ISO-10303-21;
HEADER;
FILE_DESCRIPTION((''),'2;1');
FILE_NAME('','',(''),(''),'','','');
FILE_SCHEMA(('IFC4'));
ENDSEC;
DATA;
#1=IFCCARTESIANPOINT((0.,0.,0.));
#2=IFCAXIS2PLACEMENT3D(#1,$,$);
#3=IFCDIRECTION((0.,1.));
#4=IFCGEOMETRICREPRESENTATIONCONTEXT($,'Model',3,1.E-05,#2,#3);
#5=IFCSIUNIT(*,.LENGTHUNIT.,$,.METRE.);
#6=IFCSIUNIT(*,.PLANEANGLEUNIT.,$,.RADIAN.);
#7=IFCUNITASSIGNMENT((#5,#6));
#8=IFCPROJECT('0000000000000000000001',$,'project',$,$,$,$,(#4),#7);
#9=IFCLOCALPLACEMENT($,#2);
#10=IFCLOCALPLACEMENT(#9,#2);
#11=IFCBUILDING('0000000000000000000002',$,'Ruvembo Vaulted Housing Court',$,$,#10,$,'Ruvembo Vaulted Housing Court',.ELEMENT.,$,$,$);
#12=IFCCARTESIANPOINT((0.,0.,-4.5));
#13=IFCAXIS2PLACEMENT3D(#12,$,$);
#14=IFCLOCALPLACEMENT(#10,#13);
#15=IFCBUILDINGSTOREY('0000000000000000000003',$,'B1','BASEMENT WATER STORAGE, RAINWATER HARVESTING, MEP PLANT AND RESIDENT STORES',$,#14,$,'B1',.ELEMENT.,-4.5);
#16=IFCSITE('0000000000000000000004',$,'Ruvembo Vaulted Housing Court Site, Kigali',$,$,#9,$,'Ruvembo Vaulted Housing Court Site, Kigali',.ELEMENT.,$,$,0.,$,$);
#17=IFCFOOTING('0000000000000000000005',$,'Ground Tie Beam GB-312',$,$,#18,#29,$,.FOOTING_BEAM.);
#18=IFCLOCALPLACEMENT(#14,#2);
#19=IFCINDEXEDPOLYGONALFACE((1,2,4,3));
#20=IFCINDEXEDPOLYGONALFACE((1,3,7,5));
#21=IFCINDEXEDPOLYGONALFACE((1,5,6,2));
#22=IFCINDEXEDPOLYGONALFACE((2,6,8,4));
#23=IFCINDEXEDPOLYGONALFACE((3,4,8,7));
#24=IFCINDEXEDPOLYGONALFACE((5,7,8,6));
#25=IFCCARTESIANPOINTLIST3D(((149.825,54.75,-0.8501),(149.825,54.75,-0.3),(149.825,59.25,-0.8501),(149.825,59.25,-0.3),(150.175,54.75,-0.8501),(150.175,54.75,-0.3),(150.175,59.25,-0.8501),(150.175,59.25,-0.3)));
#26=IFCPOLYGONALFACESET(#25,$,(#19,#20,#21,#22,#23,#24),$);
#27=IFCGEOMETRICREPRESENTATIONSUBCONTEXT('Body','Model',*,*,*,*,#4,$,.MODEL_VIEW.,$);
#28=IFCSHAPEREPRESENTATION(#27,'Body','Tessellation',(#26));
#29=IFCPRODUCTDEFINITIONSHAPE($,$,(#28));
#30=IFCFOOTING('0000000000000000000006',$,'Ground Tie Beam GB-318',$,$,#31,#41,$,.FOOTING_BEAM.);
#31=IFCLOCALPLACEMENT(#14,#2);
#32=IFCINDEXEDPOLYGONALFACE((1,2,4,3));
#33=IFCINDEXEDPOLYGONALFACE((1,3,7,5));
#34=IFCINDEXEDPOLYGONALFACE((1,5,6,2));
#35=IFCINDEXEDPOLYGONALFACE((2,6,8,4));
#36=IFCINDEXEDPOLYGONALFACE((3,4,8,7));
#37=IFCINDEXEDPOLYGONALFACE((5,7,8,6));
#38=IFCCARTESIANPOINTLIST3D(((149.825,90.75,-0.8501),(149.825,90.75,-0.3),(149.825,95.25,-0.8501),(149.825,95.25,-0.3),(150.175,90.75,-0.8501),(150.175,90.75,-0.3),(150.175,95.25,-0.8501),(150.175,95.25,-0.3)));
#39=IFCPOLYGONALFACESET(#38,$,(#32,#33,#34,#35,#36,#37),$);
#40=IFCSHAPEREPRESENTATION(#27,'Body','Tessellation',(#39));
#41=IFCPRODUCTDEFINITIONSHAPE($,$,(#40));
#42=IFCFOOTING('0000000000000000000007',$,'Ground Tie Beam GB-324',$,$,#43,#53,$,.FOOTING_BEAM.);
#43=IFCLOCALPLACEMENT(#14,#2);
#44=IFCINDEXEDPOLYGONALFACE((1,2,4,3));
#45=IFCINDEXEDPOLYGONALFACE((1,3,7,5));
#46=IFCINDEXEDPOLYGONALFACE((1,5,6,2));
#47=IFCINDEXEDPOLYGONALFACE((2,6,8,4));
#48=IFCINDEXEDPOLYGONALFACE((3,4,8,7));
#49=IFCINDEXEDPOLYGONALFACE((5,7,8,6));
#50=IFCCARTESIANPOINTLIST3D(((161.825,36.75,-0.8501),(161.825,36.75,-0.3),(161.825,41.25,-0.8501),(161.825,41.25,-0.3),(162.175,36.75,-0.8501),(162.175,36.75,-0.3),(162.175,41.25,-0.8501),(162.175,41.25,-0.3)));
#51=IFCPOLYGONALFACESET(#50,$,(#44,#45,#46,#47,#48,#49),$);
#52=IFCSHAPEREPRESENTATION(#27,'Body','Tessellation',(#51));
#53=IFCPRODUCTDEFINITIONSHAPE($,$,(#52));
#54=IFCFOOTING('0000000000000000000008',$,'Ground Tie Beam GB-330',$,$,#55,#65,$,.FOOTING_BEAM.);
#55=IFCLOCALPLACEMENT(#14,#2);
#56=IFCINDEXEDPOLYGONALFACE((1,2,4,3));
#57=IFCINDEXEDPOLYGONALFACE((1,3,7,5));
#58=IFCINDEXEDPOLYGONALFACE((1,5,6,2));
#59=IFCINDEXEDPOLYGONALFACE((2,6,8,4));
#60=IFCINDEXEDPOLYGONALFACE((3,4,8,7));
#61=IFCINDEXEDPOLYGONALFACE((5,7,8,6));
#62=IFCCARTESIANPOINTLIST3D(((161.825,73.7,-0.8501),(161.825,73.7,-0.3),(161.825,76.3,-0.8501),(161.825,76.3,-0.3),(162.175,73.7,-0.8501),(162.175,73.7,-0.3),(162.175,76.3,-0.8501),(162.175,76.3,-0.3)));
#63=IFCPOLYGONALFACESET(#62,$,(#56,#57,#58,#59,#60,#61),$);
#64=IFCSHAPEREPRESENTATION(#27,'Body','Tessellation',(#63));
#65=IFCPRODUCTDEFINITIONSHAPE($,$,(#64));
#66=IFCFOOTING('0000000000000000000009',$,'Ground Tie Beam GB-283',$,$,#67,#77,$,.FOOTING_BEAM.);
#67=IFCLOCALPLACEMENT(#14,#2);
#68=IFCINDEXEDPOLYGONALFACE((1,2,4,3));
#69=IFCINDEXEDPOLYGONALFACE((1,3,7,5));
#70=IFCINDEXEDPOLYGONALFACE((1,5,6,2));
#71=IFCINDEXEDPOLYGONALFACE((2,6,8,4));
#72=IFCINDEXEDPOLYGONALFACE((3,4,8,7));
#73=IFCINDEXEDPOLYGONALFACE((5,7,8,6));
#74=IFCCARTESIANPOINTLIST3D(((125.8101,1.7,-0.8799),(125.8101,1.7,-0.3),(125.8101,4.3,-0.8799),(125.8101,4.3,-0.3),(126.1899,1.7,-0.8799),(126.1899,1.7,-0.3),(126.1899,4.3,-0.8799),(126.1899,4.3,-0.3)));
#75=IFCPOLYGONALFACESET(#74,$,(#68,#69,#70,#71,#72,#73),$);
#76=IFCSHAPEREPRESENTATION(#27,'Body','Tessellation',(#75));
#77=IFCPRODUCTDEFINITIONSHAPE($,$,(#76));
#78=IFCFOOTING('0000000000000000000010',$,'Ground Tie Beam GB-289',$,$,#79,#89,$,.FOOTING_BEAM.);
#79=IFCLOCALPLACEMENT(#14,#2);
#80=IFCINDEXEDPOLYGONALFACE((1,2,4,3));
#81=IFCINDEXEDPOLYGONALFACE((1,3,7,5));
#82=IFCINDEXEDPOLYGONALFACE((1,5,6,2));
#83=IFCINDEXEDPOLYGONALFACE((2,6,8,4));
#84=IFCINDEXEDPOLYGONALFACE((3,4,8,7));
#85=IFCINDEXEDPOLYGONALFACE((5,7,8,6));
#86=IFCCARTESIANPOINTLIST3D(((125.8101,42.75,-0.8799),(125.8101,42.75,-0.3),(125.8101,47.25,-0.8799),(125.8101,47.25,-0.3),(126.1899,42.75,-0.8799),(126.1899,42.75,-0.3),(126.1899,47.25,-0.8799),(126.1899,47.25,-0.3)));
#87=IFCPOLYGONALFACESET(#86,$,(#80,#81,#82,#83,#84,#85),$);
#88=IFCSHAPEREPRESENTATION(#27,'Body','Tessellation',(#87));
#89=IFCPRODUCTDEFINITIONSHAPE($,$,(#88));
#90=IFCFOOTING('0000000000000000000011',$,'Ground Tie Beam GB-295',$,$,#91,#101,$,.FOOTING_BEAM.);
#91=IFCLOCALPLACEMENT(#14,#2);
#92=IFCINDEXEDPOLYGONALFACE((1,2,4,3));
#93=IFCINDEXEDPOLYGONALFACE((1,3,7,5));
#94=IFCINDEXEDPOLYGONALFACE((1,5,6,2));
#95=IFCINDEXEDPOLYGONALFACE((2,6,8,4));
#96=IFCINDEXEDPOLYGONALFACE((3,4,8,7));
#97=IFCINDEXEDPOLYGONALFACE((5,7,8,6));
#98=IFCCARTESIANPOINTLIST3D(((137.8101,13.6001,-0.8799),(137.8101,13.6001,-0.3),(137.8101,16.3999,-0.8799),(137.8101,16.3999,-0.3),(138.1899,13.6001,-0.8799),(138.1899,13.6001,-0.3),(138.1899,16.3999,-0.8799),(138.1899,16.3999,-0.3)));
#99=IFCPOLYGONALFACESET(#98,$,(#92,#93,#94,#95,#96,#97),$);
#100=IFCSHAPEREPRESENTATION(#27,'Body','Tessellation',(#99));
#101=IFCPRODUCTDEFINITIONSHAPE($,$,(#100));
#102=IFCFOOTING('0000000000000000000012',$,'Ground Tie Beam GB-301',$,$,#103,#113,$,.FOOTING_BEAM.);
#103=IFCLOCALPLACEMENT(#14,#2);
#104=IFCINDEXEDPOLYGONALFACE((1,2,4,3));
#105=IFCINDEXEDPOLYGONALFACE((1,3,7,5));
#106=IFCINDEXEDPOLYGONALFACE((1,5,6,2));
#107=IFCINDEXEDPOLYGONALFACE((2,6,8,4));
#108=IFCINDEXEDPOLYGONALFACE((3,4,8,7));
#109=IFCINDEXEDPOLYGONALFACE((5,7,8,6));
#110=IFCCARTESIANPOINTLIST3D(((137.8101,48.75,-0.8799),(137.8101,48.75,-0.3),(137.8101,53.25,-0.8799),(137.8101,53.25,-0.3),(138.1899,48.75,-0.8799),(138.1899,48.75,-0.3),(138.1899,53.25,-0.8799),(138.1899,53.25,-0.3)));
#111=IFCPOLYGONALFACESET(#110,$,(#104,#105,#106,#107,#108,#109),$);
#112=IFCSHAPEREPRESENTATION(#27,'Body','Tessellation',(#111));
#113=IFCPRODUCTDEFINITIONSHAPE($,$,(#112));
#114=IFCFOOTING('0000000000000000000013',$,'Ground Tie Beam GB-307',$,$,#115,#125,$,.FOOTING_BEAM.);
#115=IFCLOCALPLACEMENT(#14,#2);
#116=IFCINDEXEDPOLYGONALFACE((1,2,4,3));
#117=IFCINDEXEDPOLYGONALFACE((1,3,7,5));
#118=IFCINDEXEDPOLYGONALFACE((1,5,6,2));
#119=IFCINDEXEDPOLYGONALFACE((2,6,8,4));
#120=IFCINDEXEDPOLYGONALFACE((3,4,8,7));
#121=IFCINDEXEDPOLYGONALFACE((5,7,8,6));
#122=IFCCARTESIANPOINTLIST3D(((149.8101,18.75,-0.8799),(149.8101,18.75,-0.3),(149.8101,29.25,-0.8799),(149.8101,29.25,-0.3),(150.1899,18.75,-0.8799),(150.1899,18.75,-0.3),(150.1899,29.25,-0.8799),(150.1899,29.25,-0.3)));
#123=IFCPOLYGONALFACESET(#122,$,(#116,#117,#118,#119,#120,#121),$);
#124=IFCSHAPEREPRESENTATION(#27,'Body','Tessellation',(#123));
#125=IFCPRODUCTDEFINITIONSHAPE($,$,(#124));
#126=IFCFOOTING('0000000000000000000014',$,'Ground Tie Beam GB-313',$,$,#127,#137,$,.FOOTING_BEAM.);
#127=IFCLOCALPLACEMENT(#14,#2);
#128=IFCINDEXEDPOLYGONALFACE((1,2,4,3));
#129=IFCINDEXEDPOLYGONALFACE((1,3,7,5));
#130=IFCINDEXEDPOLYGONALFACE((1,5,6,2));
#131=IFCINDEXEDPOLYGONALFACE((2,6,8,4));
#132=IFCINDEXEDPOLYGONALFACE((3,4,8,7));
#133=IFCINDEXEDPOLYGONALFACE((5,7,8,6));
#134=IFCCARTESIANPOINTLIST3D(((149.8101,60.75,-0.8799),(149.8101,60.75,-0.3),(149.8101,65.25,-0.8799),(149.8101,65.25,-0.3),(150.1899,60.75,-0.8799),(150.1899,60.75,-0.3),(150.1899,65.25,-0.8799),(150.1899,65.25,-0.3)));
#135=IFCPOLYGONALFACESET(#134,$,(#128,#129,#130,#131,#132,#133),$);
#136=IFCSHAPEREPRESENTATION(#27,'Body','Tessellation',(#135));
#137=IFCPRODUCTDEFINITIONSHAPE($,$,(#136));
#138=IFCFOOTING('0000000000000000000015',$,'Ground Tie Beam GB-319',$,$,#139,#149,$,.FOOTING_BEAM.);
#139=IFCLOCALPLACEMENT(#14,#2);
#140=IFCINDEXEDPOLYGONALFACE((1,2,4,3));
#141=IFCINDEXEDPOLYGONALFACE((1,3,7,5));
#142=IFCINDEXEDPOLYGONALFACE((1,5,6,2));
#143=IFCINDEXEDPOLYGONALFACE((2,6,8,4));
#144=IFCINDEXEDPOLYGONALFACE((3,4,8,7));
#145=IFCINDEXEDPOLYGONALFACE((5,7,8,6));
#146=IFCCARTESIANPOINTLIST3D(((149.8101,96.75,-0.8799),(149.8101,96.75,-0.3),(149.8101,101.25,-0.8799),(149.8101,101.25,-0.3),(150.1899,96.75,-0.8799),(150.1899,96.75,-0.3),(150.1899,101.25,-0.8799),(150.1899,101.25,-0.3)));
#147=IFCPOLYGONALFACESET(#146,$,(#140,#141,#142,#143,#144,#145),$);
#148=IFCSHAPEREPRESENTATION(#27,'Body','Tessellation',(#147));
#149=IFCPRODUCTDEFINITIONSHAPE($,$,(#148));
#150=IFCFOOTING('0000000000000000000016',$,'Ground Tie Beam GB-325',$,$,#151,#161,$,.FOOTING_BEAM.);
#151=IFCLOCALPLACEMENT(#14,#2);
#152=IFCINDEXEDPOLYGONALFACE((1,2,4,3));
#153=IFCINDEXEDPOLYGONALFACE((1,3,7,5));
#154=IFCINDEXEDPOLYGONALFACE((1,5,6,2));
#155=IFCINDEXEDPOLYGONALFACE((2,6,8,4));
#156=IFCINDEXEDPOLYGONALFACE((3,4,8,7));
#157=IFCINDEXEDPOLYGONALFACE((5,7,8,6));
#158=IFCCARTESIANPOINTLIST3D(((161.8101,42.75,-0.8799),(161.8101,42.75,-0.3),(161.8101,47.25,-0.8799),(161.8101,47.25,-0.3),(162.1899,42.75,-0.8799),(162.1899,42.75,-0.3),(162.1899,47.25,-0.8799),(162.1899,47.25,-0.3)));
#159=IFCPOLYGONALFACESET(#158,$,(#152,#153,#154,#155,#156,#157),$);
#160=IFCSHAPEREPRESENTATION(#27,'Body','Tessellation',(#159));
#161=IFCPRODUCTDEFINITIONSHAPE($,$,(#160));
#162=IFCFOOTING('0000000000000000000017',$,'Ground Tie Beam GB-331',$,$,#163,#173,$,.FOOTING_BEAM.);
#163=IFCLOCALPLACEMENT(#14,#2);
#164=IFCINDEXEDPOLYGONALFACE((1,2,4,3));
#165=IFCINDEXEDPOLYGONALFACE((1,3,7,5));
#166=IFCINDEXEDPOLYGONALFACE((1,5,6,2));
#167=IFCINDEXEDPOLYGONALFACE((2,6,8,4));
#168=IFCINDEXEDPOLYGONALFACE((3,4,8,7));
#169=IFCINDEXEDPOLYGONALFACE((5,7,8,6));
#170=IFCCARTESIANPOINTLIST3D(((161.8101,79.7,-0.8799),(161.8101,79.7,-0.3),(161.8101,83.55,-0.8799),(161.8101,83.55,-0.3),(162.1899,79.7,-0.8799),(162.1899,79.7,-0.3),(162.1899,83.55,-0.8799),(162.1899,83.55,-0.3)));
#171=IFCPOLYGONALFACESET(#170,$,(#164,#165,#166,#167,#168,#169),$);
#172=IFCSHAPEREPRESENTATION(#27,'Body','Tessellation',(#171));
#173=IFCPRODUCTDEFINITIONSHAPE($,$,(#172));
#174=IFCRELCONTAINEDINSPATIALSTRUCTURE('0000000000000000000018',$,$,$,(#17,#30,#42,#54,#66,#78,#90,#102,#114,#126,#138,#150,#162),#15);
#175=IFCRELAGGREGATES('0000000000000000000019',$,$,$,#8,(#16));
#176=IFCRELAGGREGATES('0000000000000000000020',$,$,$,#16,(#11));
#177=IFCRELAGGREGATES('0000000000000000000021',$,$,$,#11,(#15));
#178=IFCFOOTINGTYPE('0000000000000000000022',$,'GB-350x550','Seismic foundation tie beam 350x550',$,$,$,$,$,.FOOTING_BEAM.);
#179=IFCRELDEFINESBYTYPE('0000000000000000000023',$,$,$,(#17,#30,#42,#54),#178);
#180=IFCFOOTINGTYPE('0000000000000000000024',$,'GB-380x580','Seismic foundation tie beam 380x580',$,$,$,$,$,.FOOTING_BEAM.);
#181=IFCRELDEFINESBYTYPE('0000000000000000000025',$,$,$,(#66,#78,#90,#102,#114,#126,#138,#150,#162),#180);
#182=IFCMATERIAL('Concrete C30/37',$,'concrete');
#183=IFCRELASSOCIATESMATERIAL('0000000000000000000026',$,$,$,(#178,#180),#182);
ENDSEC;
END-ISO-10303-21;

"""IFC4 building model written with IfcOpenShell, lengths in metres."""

from ifc_helpers import new_model, si_unit, direction, frame, origin, place, context, subcontext, project, spatial, polyline, outline, extrude, material, type_object, element, save


model = new_model("IFC4")

# Units and contexts
model_context = context("Model", 3, precision=1e-05, world=origin(), true_north=direction((0.0, 1.0)))
body_context = subcontext(model_context, "Body", "Model", "MODEL_VIEW")
ifc_project = project(units=[si_unit("LENGTHUNIT", "METRE"), si_unit("PLANEANGLEUNIT", "RADIAN")], contexts=[model_context])

# Site, building, storey
site_placement = place(None, origin())
site = spatial("IfcSite", under=ifc_project, at=site_placement, Name="Ruvembo Vaulted Housing Court Site, Kigali", LongName="Ruvembo Vaulted Housing Court Site, Kigali", CompositionType="ELEMENT", RefElevation=0.0)
building_placement = place(site_placement, origin())
building = spatial("IfcBuilding", under=site, at=building_placement, Name="Ruvembo Vaulted Housing Court", LongName="Ruvembo Vaulted Housing Court", CompositionType="ELEMENT")
storey_placement = place(building_placement, frame((0.0, 0.0, -4.5)))
storey = spatial("IfcBuildingStorey", under=building, at=storey_placement, Name="B1", Description="BASEMENT WATER STORAGE, RAINWATER HARVESTING, MEP PLANT AND RESIDENT STORES", LongName="B1", CompositionType="ELEMENT", Elevation=-4.5)

# Footings
ifc_material = material(Name="Concrete C30/37", Category="concrete")
footing_type_1 = type_object("IfcFootingType", Name="GB-350x550", Description="Seismic foundation tie beam 350x550", PredefinedType="FOOTING_BEAM", material=ifc_material)
footing_1_placement = place(storey_placement, frame((0.0, 0.0, -0.8501)))
element("IfcFooting", 1, at=footing_1_placement, inside=storey, type_object=footing_type_1, Name="Ground Tie Beam GB-312", PredefinedType="FOOTING_BEAM", context=body_context, shape_type="SweptSolid", body=[
    extrude(outline(polyline([(149.825, 54.75), (150.175, 54.75), (150.175, 59.25), (149.825, 59.25), (149.825, 54.75)])), origin(), (0.0, 0.0, 1.0), 0.55),
])
footing_2_placement = place(storey_placement, frame((0.0, 0.0, -0.8501)))
element("IfcFooting", 2, at=footing_2_placement, inside=storey, type_object=footing_type_1, Name="Ground Tie Beam GB-318", PredefinedType="FOOTING_BEAM", context=body_context, shape_type="SweptSolid", body=[
    extrude(outline(polyline([(149.825, 90.75), (150.175, 90.75), (150.175, 95.25), (149.825, 95.25), (149.825, 90.75)])), origin(), (0.0, 0.0, 1.0), 0.55),
])
footing_3_placement = place(storey_placement, frame((0.0, 0.0, -0.8501)))
element("IfcFooting", 3, at=footing_3_placement, inside=storey, type_object=footing_type_1, Name="Ground Tie Beam GB-324", PredefinedType="FOOTING_BEAM", context=body_context, shape_type="SweptSolid", body=[
    extrude(outline(polyline([(161.825, 36.75), (162.175, 36.75), (162.175, 41.25), (161.825, 41.25), (161.825, 36.75)])), origin(), (0.0, 0.0, 1.0), 0.55),
])
footing_4_placement = place(storey_placement, frame((0.0, 0.0, -0.8501)))
element("IfcFooting", 4, at=footing_4_placement, inside=storey, type_object=footing_type_1, Name="Ground Tie Beam GB-330", PredefinedType="FOOTING_BEAM", context=body_context, shape_type="SweptSolid", body=[
    extrude(outline(polyline([(161.825, 73.7), (162.175, 73.7), (162.175, 76.3), (161.825, 76.3), (161.825, 73.7)])), origin(), (0.0, 0.0, 1.0), 0.55),
])
footing_type_2 = type_object("IfcFootingType", Name="GB-380x580", Description="Seismic foundation tie beam 380x580", PredefinedType="FOOTING_BEAM", material=ifc_material)
footing_5_placement = place(storey_placement, frame((0.0, 0.0, -0.8799)))
element("IfcFooting", 5, at=footing_5_placement, inside=storey, type_object=footing_type_2, Name="Ground Tie Beam GB-283", PredefinedType="FOOTING_BEAM", context=body_context, shape_type="SweptSolid", body=[
    extrude(outline(polyline([(125.8101, 1.7), (126.1899, 1.7), (126.1899, 4.3), (125.8101, 4.3), (125.8101, 1.7)])), origin(), (0.0, 0.0, 1.0), 0.5798),
])
footing_6_placement = place(storey_placement, frame((0.0, 0.0, -0.8799)))
element("IfcFooting", 6, at=footing_6_placement, inside=storey, type_object=footing_type_2, Name="Ground Tie Beam GB-289", PredefinedType="FOOTING_BEAM", context=body_context, shape_type="SweptSolid", body=[
    extrude(outline(polyline([(125.8101, 42.75), (126.1899, 42.75), (126.1899, 47.25), (125.8101, 47.25), (125.8101, 42.75)])), origin(), (0.0, 0.0, 1.0), 0.5798),
])
footing_7_placement = place(storey_placement, frame((0.0, 0.0, -0.8799)))
element("IfcFooting", 7, at=footing_7_placement, inside=storey, type_object=footing_type_2, Name="Ground Tie Beam GB-295", PredefinedType="FOOTING_BEAM", context=body_context, shape_type="SweptSolid", body=[
    extrude(outline(polyline([(137.8101, 13.6001), (138.1899, 13.6001), (138.1899, 16.3999), (137.8101, 16.3999), (137.8101, 13.6001)])), origin(), (0.0, 0.0, 1.0), 0.5798),
])
footing_8_placement = place(storey_placement, frame((0.0, 0.0, -0.8799)))
element("IfcFooting", 8, at=footing_8_placement, inside=storey, type_object=footing_type_2, Name="Ground Tie Beam GB-301", PredefinedType="FOOTING_BEAM", context=body_context, shape_type="SweptSolid", body=[
    extrude(outline(polyline([(137.8101, 48.75), (138.1899, 48.75), (138.1899, 53.25), (137.8101, 53.25), (137.8101, 48.75)])), origin(), (0.0, 0.0, 1.0), 0.5798),
])
footing_9_placement = place(storey_placement, frame((0.0, 0.0, -0.8799)))
element("IfcFooting", 9, at=footing_9_placement, inside=storey, type_object=footing_type_2, Name="Ground Tie Beam GB-307", PredefinedType="FOOTING_BEAM", context=body_context, shape_type="SweptSolid", body=[
    extrude(outline(polyline([(149.8101, 18.75), (150.1899, 18.75), (150.1899, 29.25), (149.8101, 29.25), (149.8101, 18.75)])), origin(), (0.0, 0.0, 1.0), 0.5798),
])
footing_10_placement = place(storey_placement, frame((0.0, 0.0, -0.8799)))
element("IfcFooting", 10, at=footing_10_placement, inside=storey, type_object=footing_type_2, Name="Ground Tie Beam GB-313", PredefinedType="FOOTING_BEAM", context=body_context, shape_type="SweptSolid", body=[
    extrude(outline(polyline([(149.8101, 60.75), (150.1899, 60.75), (150.1899, 65.25), (149.8101, 65.25), (149.8101, 60.75)])), origin(), (0.0, 0.0, 1.0), 0.5798),
])
footing_11_placement = place(storey_placement, frame((0.0, 0.0, -0.8799)))
element("IfcFooting", 11, at=footing_11_placement, inside=storey, type_object=footing_type_2, Name="Ground Tie Beam GB-319", PredefinedType="FOOTING_BEAM", context=body_context, shape_type="SweptSolid", body=[
    extrude(outline(polyline([(149.8101, 96.75), (150.1899, 96.75), (150.1899, 101.25), (149.8101, 101.25), (149.8101, 96.75)])), origin(), (0.0, 0.0, 1.0), 0.5798),
])
footing_12_placement = place(storey_placement, frame((0.0, 0.0, -0.8799)))
element("IfcFooting", 12, at=footing_12_placement, inside=storey, type_object=footing_type_2, Name="Ground Tie Beam GB-325", PredefinedType="FOOTING_BEAM", context=body_context, shape_type="SweptSolid", body=[
    extrude(outline(polyline([(161.8101, 42.75), (162.1899, 42.75), (162.1899, 47.25), (161.8101, 47.25), (161.8101, 42.75)])), origin(), (0.0, 0.0, 1.0), 0.5798),
])
footing_13_placement = place(storey_placement, frame((0.0, 0.0, -0.8799)))
element("IfcFooting", 13, at=footing_13_placement, inside=storey, type_object=footing_type_2, Name="Ground Tie Beam GB-331", PredefinedType="FOOTING_BEAM", context=body_context, shape_type="SweptSolid", body=[
    extrude(outline(polyline([(161.8101, 79.7), (162.1899, 79.7), (162.1899, 83.55), (161.8101, 83.55), (161.8101, 79.7)])), origin(), (0.0, 0.0, 1.0), 0.5798),
])

save(model, "model.ifc")
